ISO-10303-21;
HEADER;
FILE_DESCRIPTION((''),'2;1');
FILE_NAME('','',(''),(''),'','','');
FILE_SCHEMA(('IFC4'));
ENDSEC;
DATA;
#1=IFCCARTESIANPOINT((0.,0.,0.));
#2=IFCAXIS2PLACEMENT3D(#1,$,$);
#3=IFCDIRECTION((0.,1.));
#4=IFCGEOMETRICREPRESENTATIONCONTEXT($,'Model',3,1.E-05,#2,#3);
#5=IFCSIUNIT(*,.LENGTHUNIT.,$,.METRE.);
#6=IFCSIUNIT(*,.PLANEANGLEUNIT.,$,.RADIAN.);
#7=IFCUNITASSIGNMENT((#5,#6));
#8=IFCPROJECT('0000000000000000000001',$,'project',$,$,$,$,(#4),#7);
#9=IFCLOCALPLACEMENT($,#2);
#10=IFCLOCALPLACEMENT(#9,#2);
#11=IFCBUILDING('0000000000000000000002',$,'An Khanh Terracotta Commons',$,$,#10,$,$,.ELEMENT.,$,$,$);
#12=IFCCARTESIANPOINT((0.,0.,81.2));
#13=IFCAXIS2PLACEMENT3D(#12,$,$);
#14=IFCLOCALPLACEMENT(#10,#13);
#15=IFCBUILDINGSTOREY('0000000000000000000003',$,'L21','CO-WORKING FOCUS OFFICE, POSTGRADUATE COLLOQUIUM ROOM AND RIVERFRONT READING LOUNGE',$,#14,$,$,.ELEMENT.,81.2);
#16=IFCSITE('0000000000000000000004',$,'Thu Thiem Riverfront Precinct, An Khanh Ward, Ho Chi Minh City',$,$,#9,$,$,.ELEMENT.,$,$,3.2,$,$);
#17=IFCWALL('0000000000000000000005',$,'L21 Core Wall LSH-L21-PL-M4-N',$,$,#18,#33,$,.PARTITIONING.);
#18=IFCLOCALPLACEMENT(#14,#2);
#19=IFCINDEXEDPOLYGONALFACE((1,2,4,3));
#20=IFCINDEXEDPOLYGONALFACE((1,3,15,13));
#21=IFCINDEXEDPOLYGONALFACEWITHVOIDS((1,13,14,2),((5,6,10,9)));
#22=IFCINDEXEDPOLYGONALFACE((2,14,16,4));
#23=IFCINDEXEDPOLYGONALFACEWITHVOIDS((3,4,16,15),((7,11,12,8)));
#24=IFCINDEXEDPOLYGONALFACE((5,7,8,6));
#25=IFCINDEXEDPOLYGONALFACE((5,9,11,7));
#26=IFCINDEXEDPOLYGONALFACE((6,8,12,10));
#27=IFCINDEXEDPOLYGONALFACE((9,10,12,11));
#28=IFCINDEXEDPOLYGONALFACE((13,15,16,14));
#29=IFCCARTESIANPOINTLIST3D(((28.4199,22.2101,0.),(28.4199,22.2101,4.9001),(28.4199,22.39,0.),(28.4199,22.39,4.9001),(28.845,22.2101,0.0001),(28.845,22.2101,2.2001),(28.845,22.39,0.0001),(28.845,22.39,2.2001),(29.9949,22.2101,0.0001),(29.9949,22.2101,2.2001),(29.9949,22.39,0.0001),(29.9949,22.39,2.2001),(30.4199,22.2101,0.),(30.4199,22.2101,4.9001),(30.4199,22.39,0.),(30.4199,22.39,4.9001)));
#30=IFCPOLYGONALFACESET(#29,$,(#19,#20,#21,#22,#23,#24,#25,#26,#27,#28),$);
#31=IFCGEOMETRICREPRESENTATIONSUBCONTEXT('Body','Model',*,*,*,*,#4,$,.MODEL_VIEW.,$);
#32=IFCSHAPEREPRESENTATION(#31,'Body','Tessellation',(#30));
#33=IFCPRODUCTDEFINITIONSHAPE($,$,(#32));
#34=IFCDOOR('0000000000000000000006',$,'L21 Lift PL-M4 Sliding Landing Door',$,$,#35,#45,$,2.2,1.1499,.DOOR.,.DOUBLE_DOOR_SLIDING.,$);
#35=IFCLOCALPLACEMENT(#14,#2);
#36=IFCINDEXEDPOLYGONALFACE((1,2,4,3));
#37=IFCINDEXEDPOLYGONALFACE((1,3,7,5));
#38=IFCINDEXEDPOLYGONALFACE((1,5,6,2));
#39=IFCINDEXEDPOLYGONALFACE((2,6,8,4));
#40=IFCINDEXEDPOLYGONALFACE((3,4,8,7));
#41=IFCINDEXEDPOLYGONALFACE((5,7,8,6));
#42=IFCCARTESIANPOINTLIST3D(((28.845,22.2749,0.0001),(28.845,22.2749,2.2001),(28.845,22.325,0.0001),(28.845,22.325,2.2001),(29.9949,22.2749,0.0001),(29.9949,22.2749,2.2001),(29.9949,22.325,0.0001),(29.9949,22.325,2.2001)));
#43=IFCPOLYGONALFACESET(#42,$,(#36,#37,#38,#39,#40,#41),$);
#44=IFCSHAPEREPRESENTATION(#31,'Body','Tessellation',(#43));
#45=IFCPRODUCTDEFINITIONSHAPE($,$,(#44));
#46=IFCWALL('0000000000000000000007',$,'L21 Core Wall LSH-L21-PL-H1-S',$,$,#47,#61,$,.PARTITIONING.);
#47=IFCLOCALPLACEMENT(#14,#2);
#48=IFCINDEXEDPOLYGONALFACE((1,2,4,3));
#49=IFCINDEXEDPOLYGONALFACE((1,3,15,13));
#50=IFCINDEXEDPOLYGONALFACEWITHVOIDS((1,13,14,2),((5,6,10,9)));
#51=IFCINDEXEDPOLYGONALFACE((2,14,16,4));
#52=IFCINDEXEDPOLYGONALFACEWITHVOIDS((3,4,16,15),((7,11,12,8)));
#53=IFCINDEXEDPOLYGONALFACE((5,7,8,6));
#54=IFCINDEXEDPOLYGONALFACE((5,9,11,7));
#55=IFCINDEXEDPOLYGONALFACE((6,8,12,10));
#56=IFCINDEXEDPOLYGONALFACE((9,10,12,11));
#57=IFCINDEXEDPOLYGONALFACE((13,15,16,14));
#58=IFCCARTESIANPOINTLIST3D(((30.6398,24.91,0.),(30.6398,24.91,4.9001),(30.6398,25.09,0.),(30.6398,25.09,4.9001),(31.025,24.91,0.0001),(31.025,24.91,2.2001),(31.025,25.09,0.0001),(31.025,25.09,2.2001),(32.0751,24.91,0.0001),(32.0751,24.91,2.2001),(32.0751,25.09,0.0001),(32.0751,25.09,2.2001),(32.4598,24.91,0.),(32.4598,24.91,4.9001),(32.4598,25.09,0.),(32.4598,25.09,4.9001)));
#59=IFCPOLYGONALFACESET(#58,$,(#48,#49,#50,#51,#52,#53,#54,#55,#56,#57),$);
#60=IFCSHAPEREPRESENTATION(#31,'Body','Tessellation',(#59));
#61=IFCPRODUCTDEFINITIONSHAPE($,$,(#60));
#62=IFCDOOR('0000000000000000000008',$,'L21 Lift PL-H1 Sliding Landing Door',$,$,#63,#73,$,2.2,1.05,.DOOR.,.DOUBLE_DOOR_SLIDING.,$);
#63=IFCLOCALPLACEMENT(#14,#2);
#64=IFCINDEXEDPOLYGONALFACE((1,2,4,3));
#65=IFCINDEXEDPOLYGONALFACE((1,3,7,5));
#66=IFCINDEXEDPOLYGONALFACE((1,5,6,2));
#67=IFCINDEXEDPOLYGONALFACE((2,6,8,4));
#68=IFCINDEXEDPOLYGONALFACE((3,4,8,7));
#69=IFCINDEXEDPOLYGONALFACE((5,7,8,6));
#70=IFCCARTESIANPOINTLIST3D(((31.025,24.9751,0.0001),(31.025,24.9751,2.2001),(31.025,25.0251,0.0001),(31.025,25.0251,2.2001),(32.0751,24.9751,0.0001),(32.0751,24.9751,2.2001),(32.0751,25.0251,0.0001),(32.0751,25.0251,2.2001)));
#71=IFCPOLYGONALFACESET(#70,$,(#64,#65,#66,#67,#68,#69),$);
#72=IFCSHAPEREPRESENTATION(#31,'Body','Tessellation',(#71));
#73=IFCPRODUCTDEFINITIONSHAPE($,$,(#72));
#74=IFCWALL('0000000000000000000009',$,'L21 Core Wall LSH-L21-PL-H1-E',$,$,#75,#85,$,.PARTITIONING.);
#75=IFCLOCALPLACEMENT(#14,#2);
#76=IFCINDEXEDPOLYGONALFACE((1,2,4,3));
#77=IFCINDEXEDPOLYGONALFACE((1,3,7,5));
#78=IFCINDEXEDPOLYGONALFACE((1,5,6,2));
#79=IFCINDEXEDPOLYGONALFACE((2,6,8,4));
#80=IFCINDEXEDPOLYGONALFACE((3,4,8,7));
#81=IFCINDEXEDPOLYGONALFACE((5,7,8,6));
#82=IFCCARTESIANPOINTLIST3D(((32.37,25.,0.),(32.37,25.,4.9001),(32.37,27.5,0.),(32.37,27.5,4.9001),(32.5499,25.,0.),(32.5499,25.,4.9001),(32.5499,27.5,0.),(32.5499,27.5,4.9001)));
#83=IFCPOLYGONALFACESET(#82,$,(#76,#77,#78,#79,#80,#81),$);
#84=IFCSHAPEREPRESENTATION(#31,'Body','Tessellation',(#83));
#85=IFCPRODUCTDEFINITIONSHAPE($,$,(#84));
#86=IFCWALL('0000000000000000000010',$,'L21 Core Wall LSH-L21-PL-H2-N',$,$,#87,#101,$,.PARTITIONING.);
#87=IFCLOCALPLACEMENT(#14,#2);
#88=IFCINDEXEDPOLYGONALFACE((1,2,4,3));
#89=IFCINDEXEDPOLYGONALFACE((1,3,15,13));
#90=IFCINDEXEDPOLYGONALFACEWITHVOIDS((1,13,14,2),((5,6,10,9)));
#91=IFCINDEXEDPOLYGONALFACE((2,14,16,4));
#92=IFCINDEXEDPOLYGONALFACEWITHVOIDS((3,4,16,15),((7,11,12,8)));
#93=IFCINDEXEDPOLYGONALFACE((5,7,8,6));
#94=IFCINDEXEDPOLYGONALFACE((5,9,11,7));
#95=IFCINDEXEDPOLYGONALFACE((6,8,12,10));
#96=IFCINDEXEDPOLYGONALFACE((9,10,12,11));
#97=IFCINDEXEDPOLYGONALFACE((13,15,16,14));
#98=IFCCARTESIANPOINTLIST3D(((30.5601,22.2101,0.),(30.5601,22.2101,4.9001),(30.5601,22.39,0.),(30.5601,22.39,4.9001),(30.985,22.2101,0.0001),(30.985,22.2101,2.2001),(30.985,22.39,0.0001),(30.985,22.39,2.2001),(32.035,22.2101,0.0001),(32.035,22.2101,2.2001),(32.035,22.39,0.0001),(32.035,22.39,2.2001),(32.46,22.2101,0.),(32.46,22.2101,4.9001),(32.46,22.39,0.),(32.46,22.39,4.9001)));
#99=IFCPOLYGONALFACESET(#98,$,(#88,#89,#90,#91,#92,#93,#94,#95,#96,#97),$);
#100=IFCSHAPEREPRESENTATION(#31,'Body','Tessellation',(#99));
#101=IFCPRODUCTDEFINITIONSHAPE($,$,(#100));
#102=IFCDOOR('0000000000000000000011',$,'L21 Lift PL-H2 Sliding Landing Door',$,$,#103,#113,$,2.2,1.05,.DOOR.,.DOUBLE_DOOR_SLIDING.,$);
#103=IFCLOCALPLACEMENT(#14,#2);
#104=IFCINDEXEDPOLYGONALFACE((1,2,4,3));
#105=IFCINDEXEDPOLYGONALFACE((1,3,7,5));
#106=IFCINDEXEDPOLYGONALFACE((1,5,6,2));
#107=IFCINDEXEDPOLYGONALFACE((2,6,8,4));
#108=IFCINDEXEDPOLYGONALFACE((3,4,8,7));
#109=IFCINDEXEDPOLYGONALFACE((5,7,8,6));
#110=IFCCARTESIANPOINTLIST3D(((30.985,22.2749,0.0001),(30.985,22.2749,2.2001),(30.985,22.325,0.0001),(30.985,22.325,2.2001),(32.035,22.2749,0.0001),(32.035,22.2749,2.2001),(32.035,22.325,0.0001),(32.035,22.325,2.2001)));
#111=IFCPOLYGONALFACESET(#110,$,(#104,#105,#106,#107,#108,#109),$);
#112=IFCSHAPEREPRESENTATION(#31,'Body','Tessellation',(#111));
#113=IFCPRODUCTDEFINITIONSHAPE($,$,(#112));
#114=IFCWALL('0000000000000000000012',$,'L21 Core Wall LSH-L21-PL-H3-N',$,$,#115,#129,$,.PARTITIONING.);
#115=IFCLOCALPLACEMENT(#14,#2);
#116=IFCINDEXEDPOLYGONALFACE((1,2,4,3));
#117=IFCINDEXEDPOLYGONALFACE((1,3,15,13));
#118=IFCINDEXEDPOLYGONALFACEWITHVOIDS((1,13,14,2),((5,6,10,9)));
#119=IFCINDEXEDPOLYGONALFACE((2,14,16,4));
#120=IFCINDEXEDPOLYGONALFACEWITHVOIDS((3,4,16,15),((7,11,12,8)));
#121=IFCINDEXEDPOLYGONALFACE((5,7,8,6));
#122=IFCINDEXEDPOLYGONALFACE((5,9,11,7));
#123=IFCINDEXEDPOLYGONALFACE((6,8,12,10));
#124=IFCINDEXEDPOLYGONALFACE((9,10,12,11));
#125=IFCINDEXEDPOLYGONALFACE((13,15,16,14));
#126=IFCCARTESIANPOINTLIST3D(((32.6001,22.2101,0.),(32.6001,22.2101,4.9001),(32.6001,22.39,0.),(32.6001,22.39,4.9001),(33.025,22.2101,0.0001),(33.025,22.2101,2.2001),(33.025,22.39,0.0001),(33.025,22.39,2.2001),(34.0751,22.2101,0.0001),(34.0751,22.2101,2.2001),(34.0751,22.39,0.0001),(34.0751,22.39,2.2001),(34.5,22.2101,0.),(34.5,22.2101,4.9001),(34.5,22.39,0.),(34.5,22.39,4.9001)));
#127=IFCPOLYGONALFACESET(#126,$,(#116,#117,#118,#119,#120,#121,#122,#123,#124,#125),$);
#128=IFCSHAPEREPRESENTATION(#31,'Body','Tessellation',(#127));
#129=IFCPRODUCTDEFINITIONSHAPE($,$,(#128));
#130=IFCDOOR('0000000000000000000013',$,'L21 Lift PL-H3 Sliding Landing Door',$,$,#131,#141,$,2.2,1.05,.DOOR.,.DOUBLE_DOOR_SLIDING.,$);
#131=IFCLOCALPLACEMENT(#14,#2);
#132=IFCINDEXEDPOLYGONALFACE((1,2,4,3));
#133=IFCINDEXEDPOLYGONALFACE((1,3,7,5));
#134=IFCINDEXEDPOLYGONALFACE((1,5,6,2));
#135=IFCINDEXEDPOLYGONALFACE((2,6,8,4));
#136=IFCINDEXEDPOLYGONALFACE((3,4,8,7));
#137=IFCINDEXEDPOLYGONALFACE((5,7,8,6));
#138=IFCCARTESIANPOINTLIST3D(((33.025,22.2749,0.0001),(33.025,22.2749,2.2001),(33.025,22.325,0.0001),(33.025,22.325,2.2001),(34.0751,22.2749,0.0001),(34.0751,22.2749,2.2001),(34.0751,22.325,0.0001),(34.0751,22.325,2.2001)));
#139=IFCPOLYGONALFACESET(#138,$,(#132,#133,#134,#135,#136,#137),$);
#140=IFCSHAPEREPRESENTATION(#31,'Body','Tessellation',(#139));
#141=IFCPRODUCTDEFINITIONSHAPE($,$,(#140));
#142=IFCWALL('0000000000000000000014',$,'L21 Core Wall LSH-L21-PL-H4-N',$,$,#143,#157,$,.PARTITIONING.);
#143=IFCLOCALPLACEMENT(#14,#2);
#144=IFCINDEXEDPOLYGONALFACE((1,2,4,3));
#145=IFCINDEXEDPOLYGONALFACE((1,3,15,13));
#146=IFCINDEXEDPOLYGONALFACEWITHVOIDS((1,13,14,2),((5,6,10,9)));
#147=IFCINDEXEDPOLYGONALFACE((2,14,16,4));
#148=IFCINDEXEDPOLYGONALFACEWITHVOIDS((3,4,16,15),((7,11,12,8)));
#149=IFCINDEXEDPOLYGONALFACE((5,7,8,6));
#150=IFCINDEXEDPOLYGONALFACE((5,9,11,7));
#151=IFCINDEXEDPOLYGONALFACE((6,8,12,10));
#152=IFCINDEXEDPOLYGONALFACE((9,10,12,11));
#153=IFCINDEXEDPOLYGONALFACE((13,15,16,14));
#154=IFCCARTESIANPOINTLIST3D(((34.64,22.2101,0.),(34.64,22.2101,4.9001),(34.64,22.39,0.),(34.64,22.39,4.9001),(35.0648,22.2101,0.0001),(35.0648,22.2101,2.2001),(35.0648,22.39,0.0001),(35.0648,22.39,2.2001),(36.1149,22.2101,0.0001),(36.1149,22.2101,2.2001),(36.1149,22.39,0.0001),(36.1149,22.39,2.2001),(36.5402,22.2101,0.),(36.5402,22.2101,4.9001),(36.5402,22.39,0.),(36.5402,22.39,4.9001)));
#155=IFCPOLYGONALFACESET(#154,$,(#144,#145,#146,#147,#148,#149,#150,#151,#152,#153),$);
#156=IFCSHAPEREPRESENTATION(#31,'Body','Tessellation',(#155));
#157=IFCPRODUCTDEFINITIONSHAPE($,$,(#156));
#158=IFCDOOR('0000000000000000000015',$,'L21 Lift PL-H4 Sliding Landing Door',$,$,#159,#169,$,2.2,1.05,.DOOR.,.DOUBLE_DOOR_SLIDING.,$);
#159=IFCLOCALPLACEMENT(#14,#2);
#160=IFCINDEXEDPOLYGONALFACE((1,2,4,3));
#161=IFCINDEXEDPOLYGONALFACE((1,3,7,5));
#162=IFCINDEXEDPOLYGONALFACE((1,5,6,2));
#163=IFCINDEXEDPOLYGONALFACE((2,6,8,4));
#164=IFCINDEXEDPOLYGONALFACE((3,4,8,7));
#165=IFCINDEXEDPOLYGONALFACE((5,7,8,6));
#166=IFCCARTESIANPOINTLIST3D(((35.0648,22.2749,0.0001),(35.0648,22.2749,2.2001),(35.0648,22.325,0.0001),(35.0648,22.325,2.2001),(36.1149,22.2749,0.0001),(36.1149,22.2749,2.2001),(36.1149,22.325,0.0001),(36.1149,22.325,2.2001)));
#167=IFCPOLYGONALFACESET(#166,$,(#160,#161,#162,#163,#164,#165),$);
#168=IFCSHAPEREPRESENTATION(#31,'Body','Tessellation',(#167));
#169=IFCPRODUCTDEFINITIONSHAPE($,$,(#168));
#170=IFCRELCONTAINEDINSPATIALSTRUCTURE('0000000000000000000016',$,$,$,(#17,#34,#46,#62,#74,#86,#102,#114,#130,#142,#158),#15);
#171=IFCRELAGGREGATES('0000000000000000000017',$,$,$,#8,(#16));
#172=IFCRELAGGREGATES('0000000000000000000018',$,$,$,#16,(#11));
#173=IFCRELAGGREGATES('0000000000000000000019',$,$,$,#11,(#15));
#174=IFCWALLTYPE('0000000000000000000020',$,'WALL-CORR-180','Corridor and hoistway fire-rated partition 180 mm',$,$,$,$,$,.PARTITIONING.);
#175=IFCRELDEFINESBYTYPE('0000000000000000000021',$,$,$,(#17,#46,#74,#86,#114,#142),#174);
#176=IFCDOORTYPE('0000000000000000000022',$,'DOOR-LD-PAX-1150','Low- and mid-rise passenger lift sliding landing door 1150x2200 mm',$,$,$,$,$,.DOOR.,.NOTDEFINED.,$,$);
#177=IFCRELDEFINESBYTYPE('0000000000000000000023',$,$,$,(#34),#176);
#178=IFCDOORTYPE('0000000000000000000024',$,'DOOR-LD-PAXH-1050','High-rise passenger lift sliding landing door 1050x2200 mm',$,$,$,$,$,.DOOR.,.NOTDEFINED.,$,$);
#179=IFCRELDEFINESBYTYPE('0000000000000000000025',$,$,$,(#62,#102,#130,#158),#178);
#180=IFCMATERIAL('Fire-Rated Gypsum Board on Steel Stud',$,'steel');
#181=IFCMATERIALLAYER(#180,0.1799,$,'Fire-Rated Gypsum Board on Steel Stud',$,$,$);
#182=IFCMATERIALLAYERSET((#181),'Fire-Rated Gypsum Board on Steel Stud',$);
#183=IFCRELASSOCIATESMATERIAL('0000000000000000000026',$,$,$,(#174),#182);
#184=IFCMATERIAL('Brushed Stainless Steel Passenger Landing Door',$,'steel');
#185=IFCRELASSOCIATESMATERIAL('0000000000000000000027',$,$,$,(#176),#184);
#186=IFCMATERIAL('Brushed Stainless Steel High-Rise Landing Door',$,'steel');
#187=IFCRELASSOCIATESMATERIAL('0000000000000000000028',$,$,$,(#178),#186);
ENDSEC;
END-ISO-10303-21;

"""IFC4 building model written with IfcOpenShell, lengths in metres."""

from ifc_helpers import new_model, si_unit, direction, frame, frame_2d, origin, place, context, subcontext, project, spatial, rectangle, extrude, material, layer, layer_set, type_object, element, fill, save


model = new_model("IFC4")

# Units and contexts
model_context = context("Model", 3, precision=1e-05, world=origin(), true_north=direction((0.0, 1.0)))
body_context = subcontext(model_context, "Body", "Model", "MODEL_VIEW")
ifc_project = project(units=[si_unit("LENGTHUNIT", "METRE"), si_unit("PLANEANGLEUNIT", "RADIAN")], contexts=[model_context])

# Site, building, storey
site_placement = place(None, origin())
site = spatial("IfcSite", under=ifc_project, at=site_placement, Name="Thu Thiem Riverfront Precinct, An Khanh Ward, Ho Chi Minh City", CompositionType="ELEMENT", RefElevation=3.2)
building_placement = place(site_placement, origin())
building = spatial("IfcBuilding", under=site, at=building_placement, Name="An Khanh Terracotta Commons", CompositionType="ELEMENT")
storey_placement = place(building_placement, frame((0.0, 0.0, 81.2)))
storey = spatial("IfcBuildingStorey", under=building, at=storey_placement, Name="L21", Description="CO-WORKING FOCUS OFFICE, POSTGRADUATE COLLOQUIUM ROOM AND RIVERFRONT READING LOUNGE", CompositionType="ELEMENT", Elevation=81.2)

# Shared definitions
ifc_material_1 = material(Name="Fire-Rated Gypsum Board on Steel Stud", Category="steel")
ifc_layer_1 = layer(ifc_material_1, 0.1799, Name="Fire-Rated Gypsum Board on Steel Stud")
ifc_layer_set_1 = layer_set([ifc_layer_1], Name="Fire-Rated Gypsum Board on Steel Stud")
wall_type_1 = type_object("IfcWallType", Name="WALL-CORR-180", Description="Corridor and hoistway fire-rated partition 180 mm", PredefinedType="PARTITIONING", material=ifc_layer_set_1)

# Shared definitions
ifc_material_2 = material(Name="Brushed Stainless Steel Passenger Landing Door", Category="steel")
door_type_1 = type_object("IfcDoorType", Name="DOOR-LD-PAX-1150", Description="Low- and mid-rise passenger lift sliding landing door 1150x2200 mm", OperationType="NOTDEFINED", PredefinedType="DOOR", material=ifc_material_2)

# Walls, openings, doors
wall_1_placement = place(storey_placement, frame((28.4199, 22.3, 0.0), z_axis=(0.0, 0.0, 1.0), x_axis=(1.0, 0.0, 0.0)))
wall_1 = element("IfcWall", 1, at=wall_1_placement, inside=storey, type_object=wall_type_1, Name="L21 Core Wall LSH-L21-PL-M4-N", PredefinedType="PARTITIONING", context=body_context, shape_type="SweptSolid", body=[
    extrude(rectangle(XDim=2.0, YDim=0.1799, at=frame_2d((1.0, 0.0))), origin(), (0.0, 0.0, 1.0), 4.9001),
])
opening_1_placement = place(wall_1_placement, frame((0.425, 0.0, 0.0)))
opening_1 = element("IfcOpeningElement", 2, at=opening_1_placement, cuts=wall_1, PredefinedType="OPENING", context=body_context, shape_type="SweptSolid", body=[
    extrude(rectangle(XDim=1.1499, YDim=2.2, at=frame_2d((0.575, 1.1001))), frame((0.0, 0.0999, 0.0), z_axis=(0.0, -1.0, 0.0), x_axis=(1.0, 0.0, 0.0)), (0.0, 0.0, 1.0), 0.2),
])
door_1_placement = place(opening_1_placement, origin())
door_1 = element("IfcDoor", 3, at=door_1_placement, inside=storey, type_object=door_type_1, Name="L21 Lift PL-M4 Sliding Landing Door", OperationType="DOUBLE_DOOR_SLIDING", OverallHeight=2.2, OverallWidth=1.1499, PredefinedType="DOOR", context=body_context, shape_type="SweptSolid", body=[
    extrude(rectangle(XDim=1.1499, YDim=2.2, at=frame_2d((0.575, 1.1001))), frame((0.0, 0.0249, 0.0), z_axis=(0.0, -1.0, 0.0), x_axis=(1.0, 0.0, 0.0)), (0.0, 0.0, 1.0), 0.05),
])
fill(opening_1, door_1)
wall_2_placement = place(storey_placement, frame((32.46, 25.0, 0.0), z_axis=(0.0, 0.0, 1.0), x_axis=(-1.0, 0.0, 0.0)))
wall_2 = element("IfcWall", 4, at=wall_2_placement, inside=storey, type_object=wall_type_1, Name="L21 Core Wall LSH-L21-PL-H1-S", PredefinedType="PARTITIONING", context=body_context, shape_type="SweptSolid", body=[
    extrude(rectangle(XDim=1.8201, YDim=0.1799, at=frame_2d((0.9102, 0.0))), origin(), (0.0, 0.0, 1.0), 4.9001),
])
opening_2_placement = place(wall_2_placement, frame((0.385, 0.0, 0.0)))
opening_2 = element("IfcOpeningElement", 5, at=opening_2_placement, cuts=wall_2, PredefinedType="OPENING", context=body_context, shape_type="SweptSolid", body=[
    extrude(rectangle(XDim=1.05, YDim=2.2, at=frame_2d((0.5249, 1.1001))), frame((0.0, 0.0999, 0.0), z_axis=(0.0, -1.0, 0.0), x_axis=(1.0, 0.0, 0.0)), (0.0, 0.0, 1.0), 0.2),
])
ifc_material_3 = material(Name="Brushed Stainless Steel High-Rise Landing Door", Category="steel")
door_type_2 = type_object("IfcDoorType", Name="DOOR-LD-PAXH-1050", Description="High-rise passenger lift sliding landing door 1050x2200 mm", OperationType="NOTDEFINED", PredefinedType="DOOR", material=ifc_material_3)
door_2_placement = place(opening_2_placement, origin())
door_2 = element("IfcDoor", 6, at=door_2_placement, inside=storey, type_object=door_type_2, Name="L21 Lift PL-H1 Sliding Landing Door", OperationType="DOUBLE_DOOR_SLIDING", OverallHeight=2.2, OverallWidth=1.05, PredefinedType="DOOR", context=body_context, shape_type="SweptSolid", body=[
    extrude(rectangle(XDim=1.05, YDim=2.2, at=frame_2d((0.5249, 1.1001))), frame((0.0, 0.0249, 0.0), z_axis=(0.0, -1.0, 0.0), x_axis=(1.0, 0.0, 0.0)), (0.0, 0.0, 1.0), 0.05),
])
fill(opening_2, door_2)

# Wall
wall_3_placement = place(storey_placement, frame((32.46, 25.0, 0.0), z_axis=(0.0, 0.0, 1.0), x_axis=(0.0, 1.0, 0.0)))
element("IfcWall", 7, at=wall_3_placement, inside=storey, type_object=wall_type_1, Name="L21 Core Wall LSH-L21-PL-H1-E", PredefinedType="PARTITIONING", context=body_context, shape_type="SweptSolid", body=[
    extrude(rectangle(XDim=2.5, YDim=0.1799, at=frame_2d((1.25, 0.0))), origin(), (0.0, 0.0, 1.0), 4.9001),
])

# Walls, openings, doors
wall_4_placement = place(storey_placement, frame((30.5601, 22.3, 0.0), z_axis=(0.0, 0.0, 1.0), x_axis=(1.0, 0.0, 0.0)))
wall_4 = element("IfcWall", 8, at=wall_4_placement, inside=storey, type_object=wall_type_1, Name="L21 Core Wall LSH-L21-PL-H2-N", PredefinedType="PARTITIONING", context=body_context, shape_type="SweptSolid", body=[
    extrude(rectangle(XDim=1.8999, YDim=0.1799, at=frame_2d((0.95, 0.0))), origin(), (0.0, 0.0, 1.0), 4.9001),
])
opening_3_placement = place(wall_4_placement, frame((0.425, 0.0, 0.0)))
opening_3 = element("IfcOpeningElement", 9, at=opening_3_placement, cuts=wall_4, PredefinedType="OPENING", context=body_context, shape_type="SweptSolid", body=[
    extrude(rectangle(XDim=1.05, YDim=2.2, at=frame_2d((0.5249, 1.1001))), frame((0.0, 0.0999, 0.0), z_axis=(0.0, -1.0, 0.0), x_axis=(1.0, 0.0, 0.0)), (0.0, 0.0, 1.0), 0.2),
])
door_3_placement = place(opening_3_placement, origin())
door_3 = element("IfcDoor", 10, at=door_3_placement, inside=storey, type_object=door_type_2, Name="L21 Lift PL-H2 Sliding Landing Door", OperationType="DOUBLE_DOOR_SLIDING", OverallHeight=2.2, OverallWidth=1.05, PredefinedType="DOOR", context=body_context, shape_type="SweptSolid", body=[
    extrude(rectangle(XDim=1.05, YDim=2.2, at=frame_2d((0.5249, 1.1001))), frame((0.0, 0.0249, 0.0), z_axis=(0.0, -1.0, 0.0), x_axis=(1.0, 0.0, 0.0)), (0.0, 0.0, 1.0), 0.05),
])
fill(opening_3, door_3)
wall_5_placement = place(storey_placement, frame((32.6001, 22.3, 0.0), z_axis=(0.0, 0.0, 1.0), x_axis=(1.0, 0.0, 0.0)))
wall_5 = element("IfcWall", 11, at=wall_5_placement, inside=storey, type_object=wall_type_1, Name="L21 Core Wall LSH-L21-PL-H3-N", PredefinedType="PARTITIONING", context=body_context, shape_type="SweptSolid", body=[
    extrude(rectangle(XDim=1.8999, YDim=0.1799, at=frame_2d((0.95, 0.0))), origin(), (0.0, 0.0, 1.0), 4.9001),
])
opening_4_placement = place(wall_5_placement, frame((0.425, 0.0, 0.0)))
opening_4 = element("IfcOpeningElement", 12, at=opening_4_placement, cuts=wall_5, PredefinedType="OPENING", context=body_context, shape_type="SweptSolid", body=[
    extrude(rectangle(XDim=1.05, YDim=2.2, at=frame_2d((0.5249, 1.1001))), frame((0.0, 0.0999, 0.0), z_axis=(0.0, -1.0, 0.0), x_axis=(1.0, 0.0, 0.0)), (0.0, 0.0, 1.0), 0.2),
])
door_4_placement = place(opening_4_placement, origin())
door_4 = element("IfcDoor", 13, at=door_4_placement, inside=storey, type_object=door_type_2, Name="L21 Lift PL-H3 Sliding Landing Door", OperationType="DOUBLE_DOOR_SLIDING", OverallHeight=2.2, OverallWidth=1.05, PredefinedType="DOOR", context=body_context, shape_type="SweptSolid", body=[
    extrude(rectangle(XDim=1.05, YDim=2.2, at=frame_2d((0.5249, 1.1001))), frame((0.0, 0.0249, 0.0), z_axis=(0.0, -1.0, 0.0), x_axis=(1.0, 0.0, 0.0)), (0.0, 0.0, 1.0), 0.05),
])
fill(opening_4, door_4)
wall_6_placement = place(storey_placement, frame((34.6399, 22.3, 0.0), z_axis=(0.0, 0.0, 1.0), x_axis=(1.0, 0.0, 0.0)))
wall_6 = element("IfcWall", 14, at=wall_6_placement, inside=storey, type_object=wall_type_1, Name="L21 Core Wall LSH-L21-PL-H4-N", PredefinedType="PARTITIONING", context=body_context, shape_type="SweptSolid", body=[
    extrude(rectangle(XDim=1.9001, YDim=0.1799, at=frame_2d((0.9502, 0.0))), origin(), (0.0, 0.0, 1.0), 4.9001),
])
opening_5_placement = place(wall_6_placement, frame((0.425, 0.0, 0.0)))
opening_5 = element("IfcOpeningElement", 15, at=opening_5_placement, cuts=wall_6, PredefinedType="OPENING", context=body_context, shape_type="SweptSolid", body=[
    extrude(rectangle(XDim=1.05, YDim=2.2, at=frame_2d((0.5249, 1.1001))), frame((0.0, 0.0999, 0.0), z_axis=(0.0, -1.0, 0.0), x_axis=(1.0, 0.0, 0.0)), (0.0, 0.0, 1.0), 0.2),
])
door_5_placement = place(opening_5_placement, origin())
door_5 = element("IfcDoor", 16, at=door_5_placement, inside=storey, type_object=door_type_2, Name="L21 Lift PL-H4 Sliding Landing Door", OperationType="DOUBLE_DOOR_SLIDING", OverallHeight=2.2, OverallWidth=1.05, PredefinedType="DOOR", context=body_context, shape_type="SweptSolid", body=[
    extrude(rectangle(XDim=1.05, YDim=2.2, at=frame_2d((0.5249, 1.1001))), frame((0.0, 0.0249, 0.0), z_axis=(0.0, -1.0, 0.0), x_axis=(1.0, 0.0, 0.0)), (0.0, 0.0, 1.0), 0.05),
])
fill(opening_5, door_5)

save(model, "model.ifc")
